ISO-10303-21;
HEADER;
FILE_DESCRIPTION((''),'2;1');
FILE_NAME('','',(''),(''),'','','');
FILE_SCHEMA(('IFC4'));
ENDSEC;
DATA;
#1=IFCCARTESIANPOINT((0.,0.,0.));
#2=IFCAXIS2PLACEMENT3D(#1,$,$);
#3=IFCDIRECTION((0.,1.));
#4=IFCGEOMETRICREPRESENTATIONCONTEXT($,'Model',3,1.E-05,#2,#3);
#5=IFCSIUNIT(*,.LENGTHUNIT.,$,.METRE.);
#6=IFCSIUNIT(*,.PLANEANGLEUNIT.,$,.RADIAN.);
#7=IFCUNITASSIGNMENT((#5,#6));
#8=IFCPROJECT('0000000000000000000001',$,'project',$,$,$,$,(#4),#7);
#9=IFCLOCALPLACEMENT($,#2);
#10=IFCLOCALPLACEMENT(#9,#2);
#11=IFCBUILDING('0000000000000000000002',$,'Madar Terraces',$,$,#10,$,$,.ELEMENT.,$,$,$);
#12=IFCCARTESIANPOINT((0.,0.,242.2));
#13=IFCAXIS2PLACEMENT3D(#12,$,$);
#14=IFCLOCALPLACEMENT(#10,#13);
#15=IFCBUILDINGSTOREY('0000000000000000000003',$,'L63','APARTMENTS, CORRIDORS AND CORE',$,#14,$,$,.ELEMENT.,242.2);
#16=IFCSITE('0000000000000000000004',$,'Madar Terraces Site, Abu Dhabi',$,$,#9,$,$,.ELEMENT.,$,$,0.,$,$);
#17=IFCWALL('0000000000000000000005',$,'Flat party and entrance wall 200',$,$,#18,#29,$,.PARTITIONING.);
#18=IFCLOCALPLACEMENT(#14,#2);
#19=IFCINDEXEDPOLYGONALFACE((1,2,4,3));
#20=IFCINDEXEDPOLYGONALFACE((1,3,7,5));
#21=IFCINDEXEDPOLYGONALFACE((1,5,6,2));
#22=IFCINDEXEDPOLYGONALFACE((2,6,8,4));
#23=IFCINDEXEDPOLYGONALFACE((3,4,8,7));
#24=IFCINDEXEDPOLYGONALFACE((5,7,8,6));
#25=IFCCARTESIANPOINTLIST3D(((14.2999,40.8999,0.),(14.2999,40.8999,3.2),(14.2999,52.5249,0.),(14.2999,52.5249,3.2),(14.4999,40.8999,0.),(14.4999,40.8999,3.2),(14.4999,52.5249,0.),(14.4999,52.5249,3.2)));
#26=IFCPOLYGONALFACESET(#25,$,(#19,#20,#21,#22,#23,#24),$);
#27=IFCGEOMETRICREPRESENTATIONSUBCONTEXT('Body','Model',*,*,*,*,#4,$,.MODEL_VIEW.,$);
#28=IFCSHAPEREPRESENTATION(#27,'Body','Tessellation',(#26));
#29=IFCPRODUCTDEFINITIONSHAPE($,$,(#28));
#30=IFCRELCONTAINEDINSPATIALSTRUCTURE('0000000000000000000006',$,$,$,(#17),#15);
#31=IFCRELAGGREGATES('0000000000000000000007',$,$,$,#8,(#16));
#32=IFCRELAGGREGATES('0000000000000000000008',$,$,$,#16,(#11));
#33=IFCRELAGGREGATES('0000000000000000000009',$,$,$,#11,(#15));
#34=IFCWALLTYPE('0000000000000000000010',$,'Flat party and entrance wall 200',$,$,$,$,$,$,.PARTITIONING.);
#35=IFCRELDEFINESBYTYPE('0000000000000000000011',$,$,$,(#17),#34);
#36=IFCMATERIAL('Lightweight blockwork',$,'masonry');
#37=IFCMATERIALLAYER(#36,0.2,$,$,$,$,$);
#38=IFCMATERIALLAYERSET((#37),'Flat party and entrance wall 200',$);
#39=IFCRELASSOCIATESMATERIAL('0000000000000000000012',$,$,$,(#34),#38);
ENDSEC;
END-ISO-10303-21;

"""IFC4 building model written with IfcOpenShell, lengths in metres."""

from ifc_helpers import new_model, si_unit, direction, frame, frame_2d, origin, place, context, subcontext, project, spatial, rectangle, extrude, material, layer, layer_set, type_object, element, save


model = new_model("IFC4")

# Units and contexts
model_context = context("Model", 3, precision=1e-05, world=origin(), true_north=direction((0.0, 1.0)))
body_context = subcontext(model_context, "Body", "Model", "MODEL_VIEW")
ifc_project = project(units=[si_unit("LENGTHUNIT", "METRE"), si_unit("PLANEANGLEUNIT", "RADIAN")], contexts=[model_context])

# Site, building, storey
site_placement = place(None, origin())
site = spatial("IfcSite", under=ifc_project, at=site_placement, Name="Madar Terraces Site, Abu Dhabi", CompositionType="ELEMENT", RefElevation=0.0)
building_placement = place(site_placement, origin())
building = spatial("IfcBuilding", under=site, at=building_placement, Name="Madar Terraces", CompositionType="ELEMENT")
storey_placement = place(building_placement, frame((0.0, 0.0, 242.2)))
storey = spatial("IfcBuildingStorey", under=building, at=storey_placement, Name="L63", Description="APARTMENTS, CORRIDORS AND CORE", CompositionType="ELEMENT", Elevation=242.2)

# Wall
ifc_material_1 = material(Name="Lightweight blockwork", Category="masonry")
ifc_layer_1 = layer(ifc_material_1, 0.2)
ifc_layer_set_1 = layer_set([ifc_layer_1], Name="Flat party and entrance wall 200")
wall_type_1 = type_object("IfcWallType", Name="Flat party and entrance wall 200", PredefinedType="PARTITIONING", material=ifc_layer_set_1)
wall_1_placement = place(storey_placement, frame((14.3999, 52.5249, 0.0), z_axis=(0.0, 0.0, 1.0), x_axis=(0.0, -1.0, 0.0)))
element("IfcWall", 1, at=wall_1_placement, inside=storey, type_object=wall_type_1, Name="Flat party and entrance wall 200", PredefinedType="PARTITIONING", context=body_context, shape_type="SweptSolid", body=[
    extrude(rectangle(XDim=11.625, YDim=0.2, at=frame_2d((5.8125, 0.0))), origin(), (0.0, 0.0, 1.0), 3.2),
])

save(model, "model.ifc")
